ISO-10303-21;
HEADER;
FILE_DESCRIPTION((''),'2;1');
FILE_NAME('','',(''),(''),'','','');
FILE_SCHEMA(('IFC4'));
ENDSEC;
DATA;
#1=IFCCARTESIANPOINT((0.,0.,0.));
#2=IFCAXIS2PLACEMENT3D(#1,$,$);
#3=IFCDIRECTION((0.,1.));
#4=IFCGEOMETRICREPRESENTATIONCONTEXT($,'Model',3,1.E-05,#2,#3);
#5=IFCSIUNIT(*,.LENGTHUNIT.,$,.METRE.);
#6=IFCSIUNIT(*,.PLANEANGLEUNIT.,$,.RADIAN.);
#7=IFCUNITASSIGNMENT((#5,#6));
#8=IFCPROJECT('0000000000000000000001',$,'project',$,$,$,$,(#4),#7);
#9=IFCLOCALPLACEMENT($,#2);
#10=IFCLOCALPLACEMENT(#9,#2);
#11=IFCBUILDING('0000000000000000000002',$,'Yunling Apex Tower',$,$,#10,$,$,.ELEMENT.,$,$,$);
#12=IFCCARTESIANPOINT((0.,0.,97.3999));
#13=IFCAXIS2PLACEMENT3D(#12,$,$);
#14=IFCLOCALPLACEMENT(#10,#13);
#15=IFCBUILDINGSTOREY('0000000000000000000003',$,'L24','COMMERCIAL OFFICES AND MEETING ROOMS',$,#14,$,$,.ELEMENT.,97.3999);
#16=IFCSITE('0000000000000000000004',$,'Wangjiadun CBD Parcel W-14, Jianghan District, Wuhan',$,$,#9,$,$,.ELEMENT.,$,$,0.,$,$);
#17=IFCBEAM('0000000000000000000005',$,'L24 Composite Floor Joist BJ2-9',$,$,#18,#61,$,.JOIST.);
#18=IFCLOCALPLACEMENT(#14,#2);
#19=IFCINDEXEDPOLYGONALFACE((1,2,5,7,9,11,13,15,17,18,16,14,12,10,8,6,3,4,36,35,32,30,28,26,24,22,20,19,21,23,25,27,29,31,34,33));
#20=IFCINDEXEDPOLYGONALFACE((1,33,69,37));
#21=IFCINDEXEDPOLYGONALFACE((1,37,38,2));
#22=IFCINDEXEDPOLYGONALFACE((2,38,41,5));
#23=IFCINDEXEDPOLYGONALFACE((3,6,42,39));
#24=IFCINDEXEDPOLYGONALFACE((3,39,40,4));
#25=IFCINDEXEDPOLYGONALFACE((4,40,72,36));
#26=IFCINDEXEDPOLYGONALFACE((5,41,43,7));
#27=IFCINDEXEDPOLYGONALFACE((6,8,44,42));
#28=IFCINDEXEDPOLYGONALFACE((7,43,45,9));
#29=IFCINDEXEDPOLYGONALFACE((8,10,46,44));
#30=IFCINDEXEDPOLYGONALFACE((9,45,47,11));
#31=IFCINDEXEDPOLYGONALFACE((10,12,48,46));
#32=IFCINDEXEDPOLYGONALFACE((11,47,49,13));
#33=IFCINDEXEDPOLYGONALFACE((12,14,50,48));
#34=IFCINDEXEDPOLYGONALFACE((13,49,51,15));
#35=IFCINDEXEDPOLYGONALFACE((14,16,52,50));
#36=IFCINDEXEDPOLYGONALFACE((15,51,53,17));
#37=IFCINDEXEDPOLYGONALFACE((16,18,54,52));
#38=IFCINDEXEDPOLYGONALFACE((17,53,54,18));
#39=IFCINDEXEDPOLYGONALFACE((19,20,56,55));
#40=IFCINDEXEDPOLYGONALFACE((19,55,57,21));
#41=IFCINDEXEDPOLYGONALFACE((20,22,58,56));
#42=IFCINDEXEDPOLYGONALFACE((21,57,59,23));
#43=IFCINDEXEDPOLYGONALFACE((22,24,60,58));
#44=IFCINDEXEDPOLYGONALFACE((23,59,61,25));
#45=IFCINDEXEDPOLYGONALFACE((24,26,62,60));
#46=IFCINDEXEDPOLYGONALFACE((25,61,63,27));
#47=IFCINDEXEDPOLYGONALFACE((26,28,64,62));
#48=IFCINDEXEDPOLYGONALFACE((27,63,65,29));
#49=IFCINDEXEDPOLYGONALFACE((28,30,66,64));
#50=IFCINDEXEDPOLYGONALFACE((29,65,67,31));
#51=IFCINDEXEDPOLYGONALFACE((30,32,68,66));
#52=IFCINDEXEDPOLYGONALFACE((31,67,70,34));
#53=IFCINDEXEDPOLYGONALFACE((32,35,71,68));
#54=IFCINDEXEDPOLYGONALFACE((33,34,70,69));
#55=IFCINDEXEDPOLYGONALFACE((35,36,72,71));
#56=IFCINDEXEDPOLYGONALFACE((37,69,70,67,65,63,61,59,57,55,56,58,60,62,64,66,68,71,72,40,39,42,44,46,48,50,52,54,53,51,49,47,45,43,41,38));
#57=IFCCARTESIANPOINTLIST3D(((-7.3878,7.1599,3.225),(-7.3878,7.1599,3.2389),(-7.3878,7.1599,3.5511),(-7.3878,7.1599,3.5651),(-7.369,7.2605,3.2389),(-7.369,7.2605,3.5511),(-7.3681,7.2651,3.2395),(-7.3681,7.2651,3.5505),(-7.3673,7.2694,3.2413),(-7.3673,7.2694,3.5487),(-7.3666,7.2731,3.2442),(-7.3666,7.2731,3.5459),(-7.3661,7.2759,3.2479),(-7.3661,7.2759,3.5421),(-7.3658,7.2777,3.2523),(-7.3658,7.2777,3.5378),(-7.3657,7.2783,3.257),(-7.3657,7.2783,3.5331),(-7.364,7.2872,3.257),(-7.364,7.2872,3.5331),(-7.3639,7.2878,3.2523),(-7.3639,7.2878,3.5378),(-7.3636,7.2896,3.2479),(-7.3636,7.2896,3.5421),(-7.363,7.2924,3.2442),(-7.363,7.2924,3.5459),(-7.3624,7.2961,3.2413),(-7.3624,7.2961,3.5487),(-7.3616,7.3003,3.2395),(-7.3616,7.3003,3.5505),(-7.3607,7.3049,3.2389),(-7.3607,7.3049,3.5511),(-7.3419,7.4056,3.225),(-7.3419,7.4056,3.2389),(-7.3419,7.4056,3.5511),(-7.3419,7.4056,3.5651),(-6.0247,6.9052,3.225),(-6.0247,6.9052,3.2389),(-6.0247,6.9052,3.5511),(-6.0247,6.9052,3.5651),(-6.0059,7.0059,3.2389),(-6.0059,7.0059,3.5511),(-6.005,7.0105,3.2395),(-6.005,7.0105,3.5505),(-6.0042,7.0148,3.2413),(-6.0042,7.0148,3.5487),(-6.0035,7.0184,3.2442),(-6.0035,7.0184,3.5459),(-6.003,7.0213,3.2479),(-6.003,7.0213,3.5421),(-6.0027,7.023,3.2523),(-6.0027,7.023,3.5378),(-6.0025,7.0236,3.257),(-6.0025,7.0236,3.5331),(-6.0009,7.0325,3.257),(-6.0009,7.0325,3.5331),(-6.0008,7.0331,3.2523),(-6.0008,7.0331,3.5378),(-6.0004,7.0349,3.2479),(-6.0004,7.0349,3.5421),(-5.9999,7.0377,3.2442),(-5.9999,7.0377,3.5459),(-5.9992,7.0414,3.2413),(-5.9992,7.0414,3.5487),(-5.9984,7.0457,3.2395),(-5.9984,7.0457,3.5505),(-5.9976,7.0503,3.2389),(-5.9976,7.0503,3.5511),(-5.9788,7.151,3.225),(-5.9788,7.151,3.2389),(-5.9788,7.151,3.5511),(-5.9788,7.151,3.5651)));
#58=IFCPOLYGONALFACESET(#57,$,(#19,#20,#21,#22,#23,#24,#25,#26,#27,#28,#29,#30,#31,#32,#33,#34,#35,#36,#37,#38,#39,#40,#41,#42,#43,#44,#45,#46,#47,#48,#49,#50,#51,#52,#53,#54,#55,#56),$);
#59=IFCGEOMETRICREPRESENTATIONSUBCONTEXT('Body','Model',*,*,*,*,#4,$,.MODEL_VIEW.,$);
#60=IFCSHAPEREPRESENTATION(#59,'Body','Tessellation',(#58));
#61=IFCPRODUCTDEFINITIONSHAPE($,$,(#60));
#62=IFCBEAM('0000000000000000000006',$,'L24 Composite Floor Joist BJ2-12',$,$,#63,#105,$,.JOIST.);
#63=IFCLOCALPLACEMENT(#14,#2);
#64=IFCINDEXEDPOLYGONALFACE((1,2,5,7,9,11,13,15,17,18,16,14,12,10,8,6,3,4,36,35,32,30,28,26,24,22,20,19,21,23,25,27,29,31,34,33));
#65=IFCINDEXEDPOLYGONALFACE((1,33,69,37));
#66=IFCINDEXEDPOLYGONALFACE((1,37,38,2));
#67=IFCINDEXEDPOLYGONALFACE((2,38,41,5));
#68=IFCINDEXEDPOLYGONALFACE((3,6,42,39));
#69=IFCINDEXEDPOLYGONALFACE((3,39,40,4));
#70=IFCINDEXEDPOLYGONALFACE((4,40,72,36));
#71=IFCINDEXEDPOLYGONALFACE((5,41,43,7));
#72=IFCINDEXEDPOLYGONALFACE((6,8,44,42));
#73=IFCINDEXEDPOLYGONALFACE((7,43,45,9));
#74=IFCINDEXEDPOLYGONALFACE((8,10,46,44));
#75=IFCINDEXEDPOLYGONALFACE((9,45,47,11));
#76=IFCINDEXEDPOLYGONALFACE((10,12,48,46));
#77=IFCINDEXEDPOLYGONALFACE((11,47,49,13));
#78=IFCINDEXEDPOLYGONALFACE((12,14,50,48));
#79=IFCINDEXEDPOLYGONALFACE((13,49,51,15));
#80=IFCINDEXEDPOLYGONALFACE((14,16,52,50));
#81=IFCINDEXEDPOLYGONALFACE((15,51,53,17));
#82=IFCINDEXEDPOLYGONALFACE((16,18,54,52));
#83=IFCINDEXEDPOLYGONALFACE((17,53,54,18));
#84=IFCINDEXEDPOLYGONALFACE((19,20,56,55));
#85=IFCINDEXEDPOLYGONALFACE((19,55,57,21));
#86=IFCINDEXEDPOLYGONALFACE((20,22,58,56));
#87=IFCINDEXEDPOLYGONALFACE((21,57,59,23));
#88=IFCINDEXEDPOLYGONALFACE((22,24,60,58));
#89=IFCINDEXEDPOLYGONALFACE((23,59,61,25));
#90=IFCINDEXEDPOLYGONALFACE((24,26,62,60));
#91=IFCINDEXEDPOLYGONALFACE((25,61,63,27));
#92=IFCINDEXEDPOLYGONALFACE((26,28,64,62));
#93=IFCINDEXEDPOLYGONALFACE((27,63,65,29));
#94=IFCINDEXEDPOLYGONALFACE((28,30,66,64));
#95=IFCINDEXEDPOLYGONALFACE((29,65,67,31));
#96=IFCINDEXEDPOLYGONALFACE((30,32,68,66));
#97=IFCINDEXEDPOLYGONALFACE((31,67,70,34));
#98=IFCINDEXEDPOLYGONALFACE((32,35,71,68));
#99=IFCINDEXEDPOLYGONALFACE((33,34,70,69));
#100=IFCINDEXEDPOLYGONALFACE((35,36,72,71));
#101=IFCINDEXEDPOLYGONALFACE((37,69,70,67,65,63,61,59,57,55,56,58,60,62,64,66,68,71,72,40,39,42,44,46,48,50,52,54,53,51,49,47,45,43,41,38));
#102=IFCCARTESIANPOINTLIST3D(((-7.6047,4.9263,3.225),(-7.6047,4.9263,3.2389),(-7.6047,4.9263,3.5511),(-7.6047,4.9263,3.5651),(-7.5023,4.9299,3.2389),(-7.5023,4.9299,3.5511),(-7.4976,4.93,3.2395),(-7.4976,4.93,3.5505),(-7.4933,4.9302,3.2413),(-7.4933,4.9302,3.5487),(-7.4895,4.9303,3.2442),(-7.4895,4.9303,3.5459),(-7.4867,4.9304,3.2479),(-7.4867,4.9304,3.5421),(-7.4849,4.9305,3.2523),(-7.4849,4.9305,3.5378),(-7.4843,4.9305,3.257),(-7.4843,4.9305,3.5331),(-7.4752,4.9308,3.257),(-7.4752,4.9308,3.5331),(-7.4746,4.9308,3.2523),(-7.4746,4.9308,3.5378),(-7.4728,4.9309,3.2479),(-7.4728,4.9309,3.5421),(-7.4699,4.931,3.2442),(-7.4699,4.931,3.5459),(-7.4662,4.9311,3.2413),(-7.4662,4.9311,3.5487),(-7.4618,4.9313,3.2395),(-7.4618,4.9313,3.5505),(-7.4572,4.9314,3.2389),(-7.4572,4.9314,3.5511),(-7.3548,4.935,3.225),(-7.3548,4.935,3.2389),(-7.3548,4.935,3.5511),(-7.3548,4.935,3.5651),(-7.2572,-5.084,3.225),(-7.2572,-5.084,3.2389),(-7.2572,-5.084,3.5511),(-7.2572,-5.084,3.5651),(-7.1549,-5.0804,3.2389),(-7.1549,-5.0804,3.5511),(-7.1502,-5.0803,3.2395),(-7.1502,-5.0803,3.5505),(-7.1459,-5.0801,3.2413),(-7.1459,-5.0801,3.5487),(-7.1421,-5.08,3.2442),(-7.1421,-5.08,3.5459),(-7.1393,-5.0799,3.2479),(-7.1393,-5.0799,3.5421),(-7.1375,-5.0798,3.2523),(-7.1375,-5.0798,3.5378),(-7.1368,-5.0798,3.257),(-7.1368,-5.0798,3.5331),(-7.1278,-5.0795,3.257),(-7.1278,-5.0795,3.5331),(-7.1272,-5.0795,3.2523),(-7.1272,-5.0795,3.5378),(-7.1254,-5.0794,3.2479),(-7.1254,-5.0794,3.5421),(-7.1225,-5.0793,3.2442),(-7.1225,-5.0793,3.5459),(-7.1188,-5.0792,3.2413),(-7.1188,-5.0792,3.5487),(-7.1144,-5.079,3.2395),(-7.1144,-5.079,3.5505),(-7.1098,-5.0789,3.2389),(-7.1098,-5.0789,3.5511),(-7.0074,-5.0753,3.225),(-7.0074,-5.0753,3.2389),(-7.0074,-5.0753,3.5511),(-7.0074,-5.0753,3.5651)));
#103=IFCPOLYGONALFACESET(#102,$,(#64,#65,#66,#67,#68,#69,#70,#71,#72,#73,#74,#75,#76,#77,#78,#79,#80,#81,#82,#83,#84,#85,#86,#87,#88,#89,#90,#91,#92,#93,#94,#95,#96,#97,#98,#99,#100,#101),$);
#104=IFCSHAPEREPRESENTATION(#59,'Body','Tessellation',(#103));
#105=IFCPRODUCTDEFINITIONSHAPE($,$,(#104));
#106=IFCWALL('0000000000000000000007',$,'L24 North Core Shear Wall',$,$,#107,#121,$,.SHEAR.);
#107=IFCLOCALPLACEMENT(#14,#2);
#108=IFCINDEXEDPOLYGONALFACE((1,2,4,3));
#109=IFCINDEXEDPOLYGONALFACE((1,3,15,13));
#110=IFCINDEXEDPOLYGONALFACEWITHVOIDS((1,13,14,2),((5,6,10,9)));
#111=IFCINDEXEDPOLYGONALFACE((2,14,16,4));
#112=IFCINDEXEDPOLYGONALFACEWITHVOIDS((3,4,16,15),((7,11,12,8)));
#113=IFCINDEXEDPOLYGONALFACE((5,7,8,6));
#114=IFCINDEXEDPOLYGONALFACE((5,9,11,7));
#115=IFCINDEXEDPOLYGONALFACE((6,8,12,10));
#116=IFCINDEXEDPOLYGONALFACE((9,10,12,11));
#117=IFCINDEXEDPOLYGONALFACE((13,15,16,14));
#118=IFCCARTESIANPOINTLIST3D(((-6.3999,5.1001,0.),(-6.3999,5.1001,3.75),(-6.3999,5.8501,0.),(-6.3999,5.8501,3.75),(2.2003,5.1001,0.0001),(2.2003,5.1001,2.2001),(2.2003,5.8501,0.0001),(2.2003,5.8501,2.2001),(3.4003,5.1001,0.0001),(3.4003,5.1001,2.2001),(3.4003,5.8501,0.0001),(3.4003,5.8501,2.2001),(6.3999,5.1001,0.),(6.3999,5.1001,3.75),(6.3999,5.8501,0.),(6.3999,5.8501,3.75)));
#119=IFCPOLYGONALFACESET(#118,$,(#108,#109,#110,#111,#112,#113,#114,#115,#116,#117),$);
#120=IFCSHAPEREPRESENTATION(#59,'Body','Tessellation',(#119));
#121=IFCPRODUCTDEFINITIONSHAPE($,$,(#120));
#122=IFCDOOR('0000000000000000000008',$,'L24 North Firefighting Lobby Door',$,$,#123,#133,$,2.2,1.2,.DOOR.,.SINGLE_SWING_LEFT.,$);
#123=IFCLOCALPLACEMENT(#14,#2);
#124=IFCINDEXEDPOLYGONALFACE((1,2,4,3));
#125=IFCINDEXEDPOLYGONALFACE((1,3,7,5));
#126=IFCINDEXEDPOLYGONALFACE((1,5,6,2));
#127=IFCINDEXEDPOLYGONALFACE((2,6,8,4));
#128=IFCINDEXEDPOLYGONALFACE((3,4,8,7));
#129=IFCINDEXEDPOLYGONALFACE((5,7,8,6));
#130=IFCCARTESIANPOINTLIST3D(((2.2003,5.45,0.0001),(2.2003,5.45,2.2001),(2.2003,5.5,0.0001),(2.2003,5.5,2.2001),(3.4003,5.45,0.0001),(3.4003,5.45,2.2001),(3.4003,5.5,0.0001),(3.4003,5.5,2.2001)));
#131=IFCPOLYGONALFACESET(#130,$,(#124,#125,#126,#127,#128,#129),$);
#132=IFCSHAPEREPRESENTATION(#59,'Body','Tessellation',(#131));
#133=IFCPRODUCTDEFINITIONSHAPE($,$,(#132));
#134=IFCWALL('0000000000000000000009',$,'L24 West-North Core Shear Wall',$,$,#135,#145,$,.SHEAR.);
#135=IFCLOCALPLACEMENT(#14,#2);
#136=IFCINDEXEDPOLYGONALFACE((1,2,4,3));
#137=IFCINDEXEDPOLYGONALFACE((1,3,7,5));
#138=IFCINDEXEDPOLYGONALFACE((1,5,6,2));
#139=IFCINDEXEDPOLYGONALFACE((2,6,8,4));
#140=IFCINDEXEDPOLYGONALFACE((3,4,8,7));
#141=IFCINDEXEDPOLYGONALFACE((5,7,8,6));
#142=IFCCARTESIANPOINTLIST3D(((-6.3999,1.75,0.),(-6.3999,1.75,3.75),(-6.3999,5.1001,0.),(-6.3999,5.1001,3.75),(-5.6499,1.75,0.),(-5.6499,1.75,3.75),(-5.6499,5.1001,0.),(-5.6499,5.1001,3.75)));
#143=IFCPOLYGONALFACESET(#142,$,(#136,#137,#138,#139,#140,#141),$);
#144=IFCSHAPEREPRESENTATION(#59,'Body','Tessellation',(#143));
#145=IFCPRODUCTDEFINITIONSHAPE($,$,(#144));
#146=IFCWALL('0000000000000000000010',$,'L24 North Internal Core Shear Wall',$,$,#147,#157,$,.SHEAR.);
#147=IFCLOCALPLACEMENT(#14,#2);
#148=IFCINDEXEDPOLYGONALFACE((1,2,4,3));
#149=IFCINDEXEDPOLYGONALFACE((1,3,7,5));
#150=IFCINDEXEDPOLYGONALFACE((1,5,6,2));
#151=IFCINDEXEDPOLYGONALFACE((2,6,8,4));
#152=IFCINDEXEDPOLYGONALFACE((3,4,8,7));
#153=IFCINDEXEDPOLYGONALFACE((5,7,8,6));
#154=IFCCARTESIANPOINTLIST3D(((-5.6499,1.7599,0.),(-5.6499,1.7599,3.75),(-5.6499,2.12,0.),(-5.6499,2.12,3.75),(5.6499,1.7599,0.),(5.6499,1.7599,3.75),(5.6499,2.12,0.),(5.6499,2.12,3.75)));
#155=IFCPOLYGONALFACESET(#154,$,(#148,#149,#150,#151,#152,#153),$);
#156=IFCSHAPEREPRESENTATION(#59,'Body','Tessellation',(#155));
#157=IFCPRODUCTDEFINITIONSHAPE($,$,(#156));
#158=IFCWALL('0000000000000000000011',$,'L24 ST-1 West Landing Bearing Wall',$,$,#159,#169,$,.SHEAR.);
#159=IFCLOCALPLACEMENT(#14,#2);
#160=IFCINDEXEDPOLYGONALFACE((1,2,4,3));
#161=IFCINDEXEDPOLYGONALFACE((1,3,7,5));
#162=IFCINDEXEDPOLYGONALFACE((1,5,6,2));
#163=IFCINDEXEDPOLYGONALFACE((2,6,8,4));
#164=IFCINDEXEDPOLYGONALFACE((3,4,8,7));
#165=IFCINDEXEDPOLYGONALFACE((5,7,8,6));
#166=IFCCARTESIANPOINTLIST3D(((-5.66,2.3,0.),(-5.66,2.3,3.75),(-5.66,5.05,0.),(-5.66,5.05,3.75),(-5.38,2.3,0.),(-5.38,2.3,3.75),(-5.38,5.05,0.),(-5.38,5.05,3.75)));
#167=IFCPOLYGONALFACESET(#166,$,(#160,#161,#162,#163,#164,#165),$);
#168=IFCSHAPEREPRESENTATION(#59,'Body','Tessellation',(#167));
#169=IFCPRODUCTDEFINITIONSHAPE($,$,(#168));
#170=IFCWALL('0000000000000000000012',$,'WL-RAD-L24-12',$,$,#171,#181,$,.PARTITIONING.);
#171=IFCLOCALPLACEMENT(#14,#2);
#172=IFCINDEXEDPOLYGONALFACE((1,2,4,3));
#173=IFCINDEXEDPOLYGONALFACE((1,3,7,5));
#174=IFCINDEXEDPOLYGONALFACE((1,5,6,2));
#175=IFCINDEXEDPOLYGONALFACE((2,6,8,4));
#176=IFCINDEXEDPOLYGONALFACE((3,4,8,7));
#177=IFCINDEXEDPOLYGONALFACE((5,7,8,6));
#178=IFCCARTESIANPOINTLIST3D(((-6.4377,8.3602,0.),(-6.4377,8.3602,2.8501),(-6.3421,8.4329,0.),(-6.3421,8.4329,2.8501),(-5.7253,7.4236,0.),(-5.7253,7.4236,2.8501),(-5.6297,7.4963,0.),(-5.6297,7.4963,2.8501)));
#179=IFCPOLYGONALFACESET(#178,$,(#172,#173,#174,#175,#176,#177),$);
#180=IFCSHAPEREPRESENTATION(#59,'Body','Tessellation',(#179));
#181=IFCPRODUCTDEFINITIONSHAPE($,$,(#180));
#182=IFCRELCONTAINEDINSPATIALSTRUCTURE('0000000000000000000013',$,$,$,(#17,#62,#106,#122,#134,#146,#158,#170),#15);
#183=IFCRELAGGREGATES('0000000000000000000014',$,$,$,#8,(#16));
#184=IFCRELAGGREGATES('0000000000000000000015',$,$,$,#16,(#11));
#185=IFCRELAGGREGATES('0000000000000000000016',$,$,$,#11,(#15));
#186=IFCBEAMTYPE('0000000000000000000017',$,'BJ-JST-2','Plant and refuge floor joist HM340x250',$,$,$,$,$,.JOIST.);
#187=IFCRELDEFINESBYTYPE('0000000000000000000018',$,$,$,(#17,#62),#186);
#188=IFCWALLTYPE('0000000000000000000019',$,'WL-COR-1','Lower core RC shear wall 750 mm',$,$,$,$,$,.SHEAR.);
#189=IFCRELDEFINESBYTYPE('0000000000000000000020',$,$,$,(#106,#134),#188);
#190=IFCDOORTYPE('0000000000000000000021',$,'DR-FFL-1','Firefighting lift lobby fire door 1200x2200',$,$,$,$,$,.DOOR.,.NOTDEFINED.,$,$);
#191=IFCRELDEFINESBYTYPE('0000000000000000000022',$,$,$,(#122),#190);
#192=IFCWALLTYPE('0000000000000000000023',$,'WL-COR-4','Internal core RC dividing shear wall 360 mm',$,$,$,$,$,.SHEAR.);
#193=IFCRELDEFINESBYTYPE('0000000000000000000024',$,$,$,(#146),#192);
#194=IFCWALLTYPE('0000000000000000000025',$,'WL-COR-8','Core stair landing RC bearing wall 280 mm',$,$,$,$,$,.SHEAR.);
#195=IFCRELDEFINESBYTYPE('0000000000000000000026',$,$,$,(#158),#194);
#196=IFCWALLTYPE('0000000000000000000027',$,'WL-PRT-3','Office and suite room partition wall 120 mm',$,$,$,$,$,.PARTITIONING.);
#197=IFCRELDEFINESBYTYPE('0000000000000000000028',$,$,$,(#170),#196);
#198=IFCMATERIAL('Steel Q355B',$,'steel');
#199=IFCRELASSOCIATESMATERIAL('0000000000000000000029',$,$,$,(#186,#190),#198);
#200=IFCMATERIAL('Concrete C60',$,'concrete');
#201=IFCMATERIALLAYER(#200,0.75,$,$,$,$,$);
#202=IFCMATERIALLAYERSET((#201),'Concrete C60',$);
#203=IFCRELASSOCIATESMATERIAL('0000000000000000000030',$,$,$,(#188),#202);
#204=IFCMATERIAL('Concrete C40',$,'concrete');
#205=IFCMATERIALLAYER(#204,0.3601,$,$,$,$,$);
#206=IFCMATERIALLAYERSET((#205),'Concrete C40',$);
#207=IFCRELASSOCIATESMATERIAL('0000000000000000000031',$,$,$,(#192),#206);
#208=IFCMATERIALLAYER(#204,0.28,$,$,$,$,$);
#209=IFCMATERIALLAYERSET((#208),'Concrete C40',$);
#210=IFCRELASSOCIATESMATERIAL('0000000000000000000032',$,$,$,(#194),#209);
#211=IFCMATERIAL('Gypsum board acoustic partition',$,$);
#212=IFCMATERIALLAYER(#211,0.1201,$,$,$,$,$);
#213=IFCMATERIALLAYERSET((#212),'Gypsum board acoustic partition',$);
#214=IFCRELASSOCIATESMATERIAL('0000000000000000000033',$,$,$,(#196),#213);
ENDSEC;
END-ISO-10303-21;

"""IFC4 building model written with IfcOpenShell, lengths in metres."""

from ifc_helpers import new_model, si_unit, direction, frame, frame_2d, origin, origin_2d, place, context, subcontext, project, spatial, rectangle, i_section, extrude, source, transform, mapped, material, layer, layer_set, material_profile, profile_set, type_object, element, fill, save


model = new_model("IFC4")

# Units and contexts
model_context = context("Model", 3, precision=1e-05, world=origin(), true_north=direction((0.0, 1.0)))
body_context = subcontext(model_context, "Body", "Model", "MODEL_VIEW")
ifc_project = project(units=[si_unit("LENGTHUNIT", "METRE"), si_unit("PLANEANGLEUNIT", "RADIAN")], contexts=[model_context])

# Site, building, storey
site_placement = place(None, origin())
site = spatial("IfcSite", under=ifc_project, at=site_placement, Name="Wangjiadun CBD Parcel W-14, Jianghan District, Wuhan", CompositionType="ELEMENT", RefElevation=0.0)
building_placement = place(site_placement, origin())
building = spatial("IfcBuilding", under=site, at=building_placement, Name="Yunling Apex Tower", CompositionType="ELEMENT")
storey_placement = place(building_placement, frame((0.0, 0.0, 97.3999)))
storey = spatial("IfcBuildingStorey", under=building, at=storey_placement, Name="L24", Description="COMMERCIAL OFFICES AND MEETING ROOMS", CompositionType="ELEMENT", Elevation=97.3999)

# Shared definitions
ifc_material_1 = material(Name="Concrete C60", Category="concrete")

# Beams
ifc_material_2 = material(Name="Steel Q355B", Category="steel")
ifc_material_profile_1 = material_profile(ifc_material_2, i_section(OverallWidth=0.25, OverallDepth=0.3401, WebThickness=0.009, FlangeThickness=0.0139, FilletRadius=0.0181, at=origin_2d()))
ifc_profile_set_1 = profile_set([ifc_material_profile_1], Name="Steel Q355B")
beam_type_1 = type_object("IfcBeamType", Name="BJ-JST-2", Description="Plant and refuge floor joist HM340x250", PredefinedType="JOIST", material=ifc_profile_set_1)
shared_shape_1 = source(origin(), body_context, "Body", "SweptSolid", [
    extrude(i_section(OverallWidth=0.25, OverallDepth=0.3401, WebThickness=0.009, FlangeThickness=0.0139, FilletRadius=0.0181, at=origin_2d()), origin(), (0.0, 0.0, 1.0), 1.3867),
])
beam_1_placement = place(storey_placement, frame((-6.0017, 7.0281, 3.395), z_axis=(-0.982994, 0.18364, 0.0), x_axis=(-0.18364, -0.982994, 0.0)))
element("IfcBeam", 1, at=beam_1_placement, inside=storey, type_object=beam_type_1, Name="L24 Composite Floor Joist BJ2-9", PredefinedType="JOIST", context=body_context, shape_type="MappedRepresentation", body=[
    mapped(shared_shape_1, transform((0.0, 0.0, 0.0), scale=1.0)),
])
shared_shape_2 = source(origin(), body_context, "Body", "SweptSolid", [
    extrude(i_section(OverallWidth=0.25, OverallDepth=0.3401, WebThickness=0.009, FlangeThickness=0.0139, FilletRadius=0.0181, at=origin_2d()), origin(), (0.0, 0.0, 1.0), 10.0164),
])
beam_2_placement = place(storey_placement, frame((-7.4797, 4.9307, 3.395), z_axis=(0.034685, -0.999398, 0.0), x_axis=(0.999398, 0.034685, 0.0)))
element("IfcBeam", 2, at=beam_2_placement, inside=storey, type_object=beam_type_1, Name="L24 Composite Floor Joist BJ2-12", PredefinedType="JOIST", context=body_context, shape_type="MappedRepresentation", body=[
    mapped(shared_shape_2, transform((0.0, 0.0, 0.0), scale=1.0)),
])

# Wall, opening, door
ifc_layer_1 = layer(ifc_material_1, 0.75)
ifc_layer_set_1 = layer_set([ifc_layer_1], Name="Concrete C60")
wall_type_1 = type_object("IfcWallType", Name="WL-COR-1", Description="Lower core RC shear wall 750 mm", PredefinedType="SHEAR", material=ifc_layer_set_1)
wall_1_placement = place(storey_placement, frame((-6.3999, 5.4751, 0.0), z_axis=(0.0, 0.0, 1.0), x_axis=(1.0, 0.0, 0.0)))
wall_1 = element("IfcWall", 3, at=wall_1_placement, inside=storey, type_object=wall_type_1, Name="L24 North Core Shear Wall", PredefinedType="SHEAR", context=body_context, shape_type="SweptSolid", body=[
    extrude(rectangle(XDim=12.7998, YDim=0.75, at=frame_2d((6.3999, 0.0))), origin(), (0.0, 0.0, 1.0), 3.75),
])
opening_1_placement = place(wall_1_placement, frame((8.6001, 0.0, 0.0)))
opening_1 = element("IfcOpeningElement", 4, at=opening_1_placement, cuts=wall_1, PredefinedType="OPENING", context=body_context, shape_type="SweptSolid", body=[
    extrude(rectangle(XDim=1.2, YDim=2.2, at=frame_2d((0.6001, 1.1001))), frame((0.0, 0.385, 0.0), z_axis=(0.0, -1.0, 0.0), x_axis=(1.0, 0.0, 0.0)), (0.0, 0.0, 1.0), 0.77),
])
door_type_1 = type_object("IfcDoorType", Name="DR-FFL-1", Description="Firefighting lift lobby fire door 1200x2200", OperationType="NOTDEFINED", PredefinedType="DOOR", material=ifc_material_2)
door_1_placement = place(opening_1_placement, origin())
door_1 = element("IfcDoor", 5, at=door_1_placement, inside=storey, type_object=door_type_1, Name="L24 North Firefighting Lobby Door", OperationType="SINGLE_SWING_LEFT", OverallHeight=2.2, OverallWidth=1.2, PredefinedType="DOOR", context=body_context, shape_type="SweptSolid", body=[
    extrude(rectangle(XDim=1.2, YDim=2.2, at=frame_2d((0.6001, 1.1001))), frame((0.0, 0.0249, 0.0), z_axis=(0.0, -1.0, 0.0), x_axis=(1.0, 0.0, 0.0)), (0.0, 0.0, 1.0), 0.05),
])
fill(opening_1, door_1)

# Walls
wall_2_placement = place(storey_placement, frame((-6.0249, 1.75, 0.0), z_axis=(0.0, 0.0, 1.0), x_axis=(0.0, 1.0, 0.0)))
element("IfcWall", 6, at=wall_2_placement, inside=storey, type_object=wall_type_1, Name="L24 West-North Core Shear Wall", PredefinedType="SHEAR", context=body_context, shape_type="SweptSolid", body=[
    extrude(rectangle(XDim=3.3501, YDim=0.75, at=frame_2d((1.675, 0.0))), origin(), (0.0, 0.0, 1.0), 3.75),
])
ifc_material_3 = material(Name="Concrete C40", Category="concrete")
ifc_layer_2 = layer(ifc_material_3, 0.3601)
ifc_layer_set_2 = layer_set([ifc_layer_2], Name="Concrete C40")
wall_type_2 = type_object("IfcWallType", Name="WL-COR-4", Description="Internal core RC dividing shear wall 360 mm", PredefinedType="SHEAR", material=ifc_layer_set_2)
wall_3_placement = place(storey_placement, frame((-5.6499, 1.9399, 0.0), z_axis=(0.0, 0.0, 1.0), x_axis=(1.0, 0.0, 0.0)))
element("IfcWall", 7, at=wall_3_placement, inside=storey, type_object=wall_type_2, Name="L24 North Internal Core Shear Wall", PredefinedType="SHEAR", context=body_context, shape_type="SweptSolid", body=[
    extrude(rectangle(XDim=11.2998, YDim=0.3601, at=frame_2d((5.6499, 0.0))), origin(), (0.0, 0.0, 1.0), 3.75),
])
ifc_layer_3 = layer(ifc_material_3, 0.28)
ifc_layer_set_3 = layer_set([ifc_layer_3], Name="Concrete C40")
wall_type_3 = type_object("IfcWallType", Name="WL-COR-8", Description="Core stair landing RC bearing wall 280 mm", PredefinedType="SHEAR", material=ifc_layer_set_3)
wall_4_placement = place(storey_placement, frame((-5.52, 2.3, 0.0), z_axis=(0.0, 0.0, 1.0), x_axis=(0.0, 1.0, 0.0)))
element("IfcWall", 8, at=wall_4_placement, inside=storey, type_object=wall_type_3, Name="L24 ST-1 West Landing Bearing Wall", PredefinedType="SHEAR", context=body_context, shape_type="SweptSolid", body=[
    extrude(rectangle(XDim=2.75, YDim=0.28, at=frame_2d((1.375, 0.0))), origin(), (0.0, 0.0, 1.0), 3.75),
])
ifc_material_4 = material(Name="Gypsum board acoustic partition")
ifc_layer_4 = layer(ifc_material_4, 0.1201)
ifc_layer_set_4 = layer_set([ifc_layer_4], Name="Gypsum board acoustic partition")
wall_type_4 = type_object("IfcWallType", Name="WL-PRT-3", Description="Office and suite room partition wall 120 mm", PredefinedType="PARTITIONING", material=ifc_layer_set_4)
wall_5_placement = place(storey_placement, frame((-5.6775, 7.46, 0.0), z_axis=(0.0, 0.0, 1.0), x_axis=(-0.60543, 0.795898, 0.0)))
element("IfcWall", 9, at=wall_5_placement, inside=storey, type_object=wall_type_4, Name="WL-RAD-L24-12", PredefinedType="PARTITIONING", context=body_context, shape_type="SweptSolid", body=[
    extrude(rectangle(XDim=1.1768, YDim=0.1201, at=frame_2d((0.5884, 0.0))), origin(), (0.0, 0.0, 1.0), 2.8501),
])

save(model, "model.ifc")
